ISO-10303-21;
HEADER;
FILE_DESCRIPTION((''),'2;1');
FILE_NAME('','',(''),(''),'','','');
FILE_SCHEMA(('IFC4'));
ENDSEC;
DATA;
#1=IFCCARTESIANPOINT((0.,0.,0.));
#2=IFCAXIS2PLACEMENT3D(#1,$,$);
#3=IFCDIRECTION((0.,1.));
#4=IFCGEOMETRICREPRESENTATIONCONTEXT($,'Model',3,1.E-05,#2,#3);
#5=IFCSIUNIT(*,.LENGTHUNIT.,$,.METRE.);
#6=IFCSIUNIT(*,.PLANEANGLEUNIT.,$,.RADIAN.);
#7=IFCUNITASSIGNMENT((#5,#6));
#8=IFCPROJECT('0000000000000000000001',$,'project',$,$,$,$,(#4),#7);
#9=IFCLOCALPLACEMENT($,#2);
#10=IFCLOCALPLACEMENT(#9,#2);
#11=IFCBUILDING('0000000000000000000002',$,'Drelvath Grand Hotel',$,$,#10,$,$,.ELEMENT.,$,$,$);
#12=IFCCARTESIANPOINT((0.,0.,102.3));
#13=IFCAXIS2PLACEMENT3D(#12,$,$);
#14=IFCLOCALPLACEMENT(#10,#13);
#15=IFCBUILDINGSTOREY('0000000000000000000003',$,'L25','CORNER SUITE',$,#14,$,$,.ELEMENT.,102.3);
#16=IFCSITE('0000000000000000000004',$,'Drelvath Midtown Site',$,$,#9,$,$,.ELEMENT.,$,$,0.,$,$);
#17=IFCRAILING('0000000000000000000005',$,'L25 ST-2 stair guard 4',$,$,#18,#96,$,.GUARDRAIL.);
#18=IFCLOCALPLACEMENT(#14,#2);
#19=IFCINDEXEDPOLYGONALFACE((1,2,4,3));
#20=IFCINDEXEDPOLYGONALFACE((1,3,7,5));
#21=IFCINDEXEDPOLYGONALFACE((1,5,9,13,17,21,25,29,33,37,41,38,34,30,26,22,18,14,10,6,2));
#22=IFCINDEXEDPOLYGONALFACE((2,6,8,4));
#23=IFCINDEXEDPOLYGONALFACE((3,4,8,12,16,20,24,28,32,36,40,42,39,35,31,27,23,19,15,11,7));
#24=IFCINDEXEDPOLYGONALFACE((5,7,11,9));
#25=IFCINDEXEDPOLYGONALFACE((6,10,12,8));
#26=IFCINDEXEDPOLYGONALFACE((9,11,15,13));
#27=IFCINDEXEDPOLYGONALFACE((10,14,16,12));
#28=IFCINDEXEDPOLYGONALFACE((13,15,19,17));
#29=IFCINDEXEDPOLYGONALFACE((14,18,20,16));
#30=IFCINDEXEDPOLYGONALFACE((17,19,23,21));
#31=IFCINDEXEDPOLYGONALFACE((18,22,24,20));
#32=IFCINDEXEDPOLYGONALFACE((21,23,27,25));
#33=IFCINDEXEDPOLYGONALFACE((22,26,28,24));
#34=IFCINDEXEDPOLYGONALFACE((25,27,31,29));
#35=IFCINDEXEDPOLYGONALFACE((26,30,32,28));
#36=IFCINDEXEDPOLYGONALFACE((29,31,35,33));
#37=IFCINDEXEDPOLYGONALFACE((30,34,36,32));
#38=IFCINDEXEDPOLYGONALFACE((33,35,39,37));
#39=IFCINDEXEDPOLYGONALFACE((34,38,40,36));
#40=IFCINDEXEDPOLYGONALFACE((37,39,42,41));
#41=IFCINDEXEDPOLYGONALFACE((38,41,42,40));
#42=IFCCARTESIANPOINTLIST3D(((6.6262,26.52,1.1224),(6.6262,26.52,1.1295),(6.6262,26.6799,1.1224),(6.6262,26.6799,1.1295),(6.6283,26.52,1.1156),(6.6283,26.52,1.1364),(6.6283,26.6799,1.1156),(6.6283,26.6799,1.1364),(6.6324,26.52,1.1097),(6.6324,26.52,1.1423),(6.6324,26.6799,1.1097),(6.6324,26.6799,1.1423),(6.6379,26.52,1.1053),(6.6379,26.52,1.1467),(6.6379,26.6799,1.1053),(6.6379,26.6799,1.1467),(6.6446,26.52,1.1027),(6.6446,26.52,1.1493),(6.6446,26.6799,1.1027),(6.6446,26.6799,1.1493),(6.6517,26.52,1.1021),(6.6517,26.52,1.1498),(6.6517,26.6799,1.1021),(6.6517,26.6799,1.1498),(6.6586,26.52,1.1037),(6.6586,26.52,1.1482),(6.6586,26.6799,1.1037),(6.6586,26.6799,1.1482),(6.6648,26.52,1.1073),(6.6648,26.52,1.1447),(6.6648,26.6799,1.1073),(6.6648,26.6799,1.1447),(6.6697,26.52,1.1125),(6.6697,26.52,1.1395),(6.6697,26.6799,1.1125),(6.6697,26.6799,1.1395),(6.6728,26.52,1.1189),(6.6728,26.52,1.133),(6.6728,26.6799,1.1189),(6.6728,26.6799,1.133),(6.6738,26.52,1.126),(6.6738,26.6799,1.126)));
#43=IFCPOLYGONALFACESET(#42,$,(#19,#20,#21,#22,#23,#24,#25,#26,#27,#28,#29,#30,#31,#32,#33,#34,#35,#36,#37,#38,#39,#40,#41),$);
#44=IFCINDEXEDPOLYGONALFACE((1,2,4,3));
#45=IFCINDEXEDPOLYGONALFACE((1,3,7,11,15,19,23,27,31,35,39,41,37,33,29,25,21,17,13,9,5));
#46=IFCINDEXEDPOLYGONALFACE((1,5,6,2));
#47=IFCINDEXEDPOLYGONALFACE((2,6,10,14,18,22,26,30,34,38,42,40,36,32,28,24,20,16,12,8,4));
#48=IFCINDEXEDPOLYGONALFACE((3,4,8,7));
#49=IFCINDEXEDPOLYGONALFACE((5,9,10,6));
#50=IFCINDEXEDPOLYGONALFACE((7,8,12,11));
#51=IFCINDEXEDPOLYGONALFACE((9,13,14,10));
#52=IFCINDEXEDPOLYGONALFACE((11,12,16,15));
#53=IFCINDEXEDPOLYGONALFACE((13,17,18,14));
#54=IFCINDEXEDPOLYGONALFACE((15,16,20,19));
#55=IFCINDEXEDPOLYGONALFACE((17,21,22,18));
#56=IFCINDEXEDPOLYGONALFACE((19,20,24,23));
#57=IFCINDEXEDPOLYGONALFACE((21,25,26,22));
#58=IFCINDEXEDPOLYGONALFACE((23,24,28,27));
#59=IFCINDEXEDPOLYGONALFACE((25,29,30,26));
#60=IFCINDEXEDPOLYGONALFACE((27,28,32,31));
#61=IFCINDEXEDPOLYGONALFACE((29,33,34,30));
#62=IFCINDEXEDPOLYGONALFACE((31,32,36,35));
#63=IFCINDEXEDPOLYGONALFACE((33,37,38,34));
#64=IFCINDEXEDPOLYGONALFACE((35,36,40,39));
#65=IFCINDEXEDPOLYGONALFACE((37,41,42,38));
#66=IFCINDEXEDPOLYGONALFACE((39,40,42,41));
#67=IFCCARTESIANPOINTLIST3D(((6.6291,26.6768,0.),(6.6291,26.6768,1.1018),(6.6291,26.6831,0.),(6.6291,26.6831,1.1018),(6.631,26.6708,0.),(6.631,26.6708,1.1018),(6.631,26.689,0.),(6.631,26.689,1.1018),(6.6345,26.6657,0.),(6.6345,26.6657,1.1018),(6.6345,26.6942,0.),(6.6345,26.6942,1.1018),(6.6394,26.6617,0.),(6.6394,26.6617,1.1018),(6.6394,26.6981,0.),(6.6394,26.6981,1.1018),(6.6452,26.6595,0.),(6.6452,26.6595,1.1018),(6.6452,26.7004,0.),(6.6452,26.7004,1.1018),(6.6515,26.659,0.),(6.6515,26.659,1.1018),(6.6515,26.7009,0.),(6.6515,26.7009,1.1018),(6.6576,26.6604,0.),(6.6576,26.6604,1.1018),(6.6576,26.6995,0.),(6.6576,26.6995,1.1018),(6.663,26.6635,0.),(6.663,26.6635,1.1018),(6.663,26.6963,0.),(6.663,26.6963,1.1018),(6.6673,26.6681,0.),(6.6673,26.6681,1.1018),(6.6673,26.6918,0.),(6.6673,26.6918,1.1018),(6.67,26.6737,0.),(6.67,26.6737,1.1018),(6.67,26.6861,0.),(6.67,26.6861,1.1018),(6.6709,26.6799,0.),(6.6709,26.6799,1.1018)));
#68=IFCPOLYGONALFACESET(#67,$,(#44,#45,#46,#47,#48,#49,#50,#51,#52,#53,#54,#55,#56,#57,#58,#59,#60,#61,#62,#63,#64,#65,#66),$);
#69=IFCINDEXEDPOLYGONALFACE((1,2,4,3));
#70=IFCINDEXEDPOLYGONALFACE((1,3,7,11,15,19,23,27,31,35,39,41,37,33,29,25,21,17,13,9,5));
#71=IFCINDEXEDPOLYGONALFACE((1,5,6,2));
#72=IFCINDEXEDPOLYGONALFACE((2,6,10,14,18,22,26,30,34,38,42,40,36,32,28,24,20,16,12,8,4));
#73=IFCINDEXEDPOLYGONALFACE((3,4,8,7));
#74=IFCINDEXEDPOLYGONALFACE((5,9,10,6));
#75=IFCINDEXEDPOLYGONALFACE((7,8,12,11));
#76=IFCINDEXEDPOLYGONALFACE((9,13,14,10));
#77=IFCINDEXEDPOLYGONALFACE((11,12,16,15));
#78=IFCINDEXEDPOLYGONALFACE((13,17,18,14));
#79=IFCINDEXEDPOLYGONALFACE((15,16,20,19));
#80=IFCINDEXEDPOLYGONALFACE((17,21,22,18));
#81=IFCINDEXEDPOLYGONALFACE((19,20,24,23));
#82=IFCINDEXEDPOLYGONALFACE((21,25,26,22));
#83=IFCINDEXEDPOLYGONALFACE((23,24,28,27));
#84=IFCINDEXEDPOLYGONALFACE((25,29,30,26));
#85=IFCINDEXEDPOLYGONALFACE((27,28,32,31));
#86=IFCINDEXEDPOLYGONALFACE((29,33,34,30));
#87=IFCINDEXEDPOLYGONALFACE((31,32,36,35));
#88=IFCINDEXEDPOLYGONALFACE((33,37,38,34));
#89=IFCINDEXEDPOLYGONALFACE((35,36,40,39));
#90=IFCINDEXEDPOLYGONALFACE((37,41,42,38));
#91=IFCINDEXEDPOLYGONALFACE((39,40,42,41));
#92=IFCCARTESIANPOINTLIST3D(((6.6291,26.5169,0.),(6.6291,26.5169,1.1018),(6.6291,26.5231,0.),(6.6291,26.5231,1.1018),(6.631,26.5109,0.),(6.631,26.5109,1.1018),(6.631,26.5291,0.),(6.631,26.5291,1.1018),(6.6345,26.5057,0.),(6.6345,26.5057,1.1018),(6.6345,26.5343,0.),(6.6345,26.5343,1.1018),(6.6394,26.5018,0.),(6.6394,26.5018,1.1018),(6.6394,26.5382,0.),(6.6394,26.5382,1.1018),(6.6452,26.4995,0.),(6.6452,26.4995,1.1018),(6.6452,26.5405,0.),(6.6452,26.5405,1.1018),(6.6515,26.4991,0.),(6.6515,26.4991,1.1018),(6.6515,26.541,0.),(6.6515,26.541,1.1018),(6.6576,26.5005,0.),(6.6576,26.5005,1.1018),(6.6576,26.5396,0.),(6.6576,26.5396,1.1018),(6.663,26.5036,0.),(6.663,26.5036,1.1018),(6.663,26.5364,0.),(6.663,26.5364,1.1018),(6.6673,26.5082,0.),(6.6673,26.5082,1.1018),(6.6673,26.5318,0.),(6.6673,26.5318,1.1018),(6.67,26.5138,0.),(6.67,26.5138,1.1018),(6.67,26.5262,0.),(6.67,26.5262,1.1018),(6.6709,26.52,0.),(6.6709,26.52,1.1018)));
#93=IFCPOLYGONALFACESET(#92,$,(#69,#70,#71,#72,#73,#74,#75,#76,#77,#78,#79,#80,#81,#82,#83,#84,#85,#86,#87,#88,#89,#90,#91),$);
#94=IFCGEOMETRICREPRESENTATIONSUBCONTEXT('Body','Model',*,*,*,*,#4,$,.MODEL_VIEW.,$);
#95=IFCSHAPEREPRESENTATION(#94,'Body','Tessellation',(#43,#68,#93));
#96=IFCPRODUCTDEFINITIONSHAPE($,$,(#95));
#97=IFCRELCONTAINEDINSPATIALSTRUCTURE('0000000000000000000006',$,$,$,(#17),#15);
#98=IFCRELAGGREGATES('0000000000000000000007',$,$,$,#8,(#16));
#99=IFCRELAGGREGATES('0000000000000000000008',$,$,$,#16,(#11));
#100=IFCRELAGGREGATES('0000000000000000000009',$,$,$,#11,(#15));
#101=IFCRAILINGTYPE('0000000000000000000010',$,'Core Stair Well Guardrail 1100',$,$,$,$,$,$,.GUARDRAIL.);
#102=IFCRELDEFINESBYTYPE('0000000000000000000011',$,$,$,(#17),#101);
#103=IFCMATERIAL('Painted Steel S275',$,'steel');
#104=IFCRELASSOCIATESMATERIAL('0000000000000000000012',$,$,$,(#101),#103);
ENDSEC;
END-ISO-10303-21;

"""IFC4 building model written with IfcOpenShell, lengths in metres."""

from ifc_helpers import new_model, si_unit, direction, frame, origin, origin_2d, place, context, subcontext, project, spatial, circle, extrude, material, type_object, element, save


model = new_model("IFC4")

# Units and contexts
model_context = context("Model", 3, precision=1e-05, world=origin(), true_north=direction((0.0, 1.0)))
body_context = subcontext(model_context, "Body", "Model", "MODEL_VIEW")
ifc_project = project(units=[si_unit("LENGTHUNIT", "METRE"), si_unit("PLANEANGLEUNIT", "RADIAN")], contexts=[model_context])

# Site, building, storey
site_placement = place(None, origin())
site = spatial("IfcSite", under=ifc_project, at=site_placement, Name="Drelvath Midtown Site", CompositionType="ELEMENT", RefElevation=0.0)
building_placement = place(site_placement, origin())
building = spatial("IfcBuilding", under=site, at=building_placement, Name="Drelvath Grand Hotel", CompositionType="ELEMENT")
storey_placement = place(building_placement, frame((0.0, 0.0, 102.3)))
storey = spatial("IfcBuildingStorey", under=building, at=storey_placement, Name="L25", Description="CORNER SUITE", CompositionType="ELEMENT", Elevation=102.3)

# Railing
ifc_material_1 = material(Name="Painted Steel S275", Category="steel")
railing_type_1 = type_object("IfcRailingType", Name="Core Stair Well Guardrail 1100", PredefinedType="GUARDRAIL", material=ifc_material_1)
railing_1_placement = place(storey_placement, frame((6.6499, 26.6799, 0.0)))
element("IfcRailing", 1, at=railing_1_placement, inside=storey, type_object=railing_type_1, Name="L25 ST-2 stair guard 4", PredefinedType="GUARDRAIL", context=body_context, shape_type="SweptSolid", body=[
    extrude(circle(Radius=0.0239, at=origin_2d()), frame((0.0, 0.0, 1.126), z_axis=(0.0, -1.0, 0.0), x_axis=(1.0, 0.0, 0.0)), (0.0, 0.0, 1.0), 0.1599),
    extrude(circle(Radius=0.021, at=origin_2d()), origin(), (0.0, 0.0, 1.0), 1.1018),
    extrude(circle(Radius=0.021, at=origin_2d()), frame((0.0, -0.1599, 0.0)), (0.0, 0.0, 1.0), 1.1018),
])

save(model, "model.ifc")
